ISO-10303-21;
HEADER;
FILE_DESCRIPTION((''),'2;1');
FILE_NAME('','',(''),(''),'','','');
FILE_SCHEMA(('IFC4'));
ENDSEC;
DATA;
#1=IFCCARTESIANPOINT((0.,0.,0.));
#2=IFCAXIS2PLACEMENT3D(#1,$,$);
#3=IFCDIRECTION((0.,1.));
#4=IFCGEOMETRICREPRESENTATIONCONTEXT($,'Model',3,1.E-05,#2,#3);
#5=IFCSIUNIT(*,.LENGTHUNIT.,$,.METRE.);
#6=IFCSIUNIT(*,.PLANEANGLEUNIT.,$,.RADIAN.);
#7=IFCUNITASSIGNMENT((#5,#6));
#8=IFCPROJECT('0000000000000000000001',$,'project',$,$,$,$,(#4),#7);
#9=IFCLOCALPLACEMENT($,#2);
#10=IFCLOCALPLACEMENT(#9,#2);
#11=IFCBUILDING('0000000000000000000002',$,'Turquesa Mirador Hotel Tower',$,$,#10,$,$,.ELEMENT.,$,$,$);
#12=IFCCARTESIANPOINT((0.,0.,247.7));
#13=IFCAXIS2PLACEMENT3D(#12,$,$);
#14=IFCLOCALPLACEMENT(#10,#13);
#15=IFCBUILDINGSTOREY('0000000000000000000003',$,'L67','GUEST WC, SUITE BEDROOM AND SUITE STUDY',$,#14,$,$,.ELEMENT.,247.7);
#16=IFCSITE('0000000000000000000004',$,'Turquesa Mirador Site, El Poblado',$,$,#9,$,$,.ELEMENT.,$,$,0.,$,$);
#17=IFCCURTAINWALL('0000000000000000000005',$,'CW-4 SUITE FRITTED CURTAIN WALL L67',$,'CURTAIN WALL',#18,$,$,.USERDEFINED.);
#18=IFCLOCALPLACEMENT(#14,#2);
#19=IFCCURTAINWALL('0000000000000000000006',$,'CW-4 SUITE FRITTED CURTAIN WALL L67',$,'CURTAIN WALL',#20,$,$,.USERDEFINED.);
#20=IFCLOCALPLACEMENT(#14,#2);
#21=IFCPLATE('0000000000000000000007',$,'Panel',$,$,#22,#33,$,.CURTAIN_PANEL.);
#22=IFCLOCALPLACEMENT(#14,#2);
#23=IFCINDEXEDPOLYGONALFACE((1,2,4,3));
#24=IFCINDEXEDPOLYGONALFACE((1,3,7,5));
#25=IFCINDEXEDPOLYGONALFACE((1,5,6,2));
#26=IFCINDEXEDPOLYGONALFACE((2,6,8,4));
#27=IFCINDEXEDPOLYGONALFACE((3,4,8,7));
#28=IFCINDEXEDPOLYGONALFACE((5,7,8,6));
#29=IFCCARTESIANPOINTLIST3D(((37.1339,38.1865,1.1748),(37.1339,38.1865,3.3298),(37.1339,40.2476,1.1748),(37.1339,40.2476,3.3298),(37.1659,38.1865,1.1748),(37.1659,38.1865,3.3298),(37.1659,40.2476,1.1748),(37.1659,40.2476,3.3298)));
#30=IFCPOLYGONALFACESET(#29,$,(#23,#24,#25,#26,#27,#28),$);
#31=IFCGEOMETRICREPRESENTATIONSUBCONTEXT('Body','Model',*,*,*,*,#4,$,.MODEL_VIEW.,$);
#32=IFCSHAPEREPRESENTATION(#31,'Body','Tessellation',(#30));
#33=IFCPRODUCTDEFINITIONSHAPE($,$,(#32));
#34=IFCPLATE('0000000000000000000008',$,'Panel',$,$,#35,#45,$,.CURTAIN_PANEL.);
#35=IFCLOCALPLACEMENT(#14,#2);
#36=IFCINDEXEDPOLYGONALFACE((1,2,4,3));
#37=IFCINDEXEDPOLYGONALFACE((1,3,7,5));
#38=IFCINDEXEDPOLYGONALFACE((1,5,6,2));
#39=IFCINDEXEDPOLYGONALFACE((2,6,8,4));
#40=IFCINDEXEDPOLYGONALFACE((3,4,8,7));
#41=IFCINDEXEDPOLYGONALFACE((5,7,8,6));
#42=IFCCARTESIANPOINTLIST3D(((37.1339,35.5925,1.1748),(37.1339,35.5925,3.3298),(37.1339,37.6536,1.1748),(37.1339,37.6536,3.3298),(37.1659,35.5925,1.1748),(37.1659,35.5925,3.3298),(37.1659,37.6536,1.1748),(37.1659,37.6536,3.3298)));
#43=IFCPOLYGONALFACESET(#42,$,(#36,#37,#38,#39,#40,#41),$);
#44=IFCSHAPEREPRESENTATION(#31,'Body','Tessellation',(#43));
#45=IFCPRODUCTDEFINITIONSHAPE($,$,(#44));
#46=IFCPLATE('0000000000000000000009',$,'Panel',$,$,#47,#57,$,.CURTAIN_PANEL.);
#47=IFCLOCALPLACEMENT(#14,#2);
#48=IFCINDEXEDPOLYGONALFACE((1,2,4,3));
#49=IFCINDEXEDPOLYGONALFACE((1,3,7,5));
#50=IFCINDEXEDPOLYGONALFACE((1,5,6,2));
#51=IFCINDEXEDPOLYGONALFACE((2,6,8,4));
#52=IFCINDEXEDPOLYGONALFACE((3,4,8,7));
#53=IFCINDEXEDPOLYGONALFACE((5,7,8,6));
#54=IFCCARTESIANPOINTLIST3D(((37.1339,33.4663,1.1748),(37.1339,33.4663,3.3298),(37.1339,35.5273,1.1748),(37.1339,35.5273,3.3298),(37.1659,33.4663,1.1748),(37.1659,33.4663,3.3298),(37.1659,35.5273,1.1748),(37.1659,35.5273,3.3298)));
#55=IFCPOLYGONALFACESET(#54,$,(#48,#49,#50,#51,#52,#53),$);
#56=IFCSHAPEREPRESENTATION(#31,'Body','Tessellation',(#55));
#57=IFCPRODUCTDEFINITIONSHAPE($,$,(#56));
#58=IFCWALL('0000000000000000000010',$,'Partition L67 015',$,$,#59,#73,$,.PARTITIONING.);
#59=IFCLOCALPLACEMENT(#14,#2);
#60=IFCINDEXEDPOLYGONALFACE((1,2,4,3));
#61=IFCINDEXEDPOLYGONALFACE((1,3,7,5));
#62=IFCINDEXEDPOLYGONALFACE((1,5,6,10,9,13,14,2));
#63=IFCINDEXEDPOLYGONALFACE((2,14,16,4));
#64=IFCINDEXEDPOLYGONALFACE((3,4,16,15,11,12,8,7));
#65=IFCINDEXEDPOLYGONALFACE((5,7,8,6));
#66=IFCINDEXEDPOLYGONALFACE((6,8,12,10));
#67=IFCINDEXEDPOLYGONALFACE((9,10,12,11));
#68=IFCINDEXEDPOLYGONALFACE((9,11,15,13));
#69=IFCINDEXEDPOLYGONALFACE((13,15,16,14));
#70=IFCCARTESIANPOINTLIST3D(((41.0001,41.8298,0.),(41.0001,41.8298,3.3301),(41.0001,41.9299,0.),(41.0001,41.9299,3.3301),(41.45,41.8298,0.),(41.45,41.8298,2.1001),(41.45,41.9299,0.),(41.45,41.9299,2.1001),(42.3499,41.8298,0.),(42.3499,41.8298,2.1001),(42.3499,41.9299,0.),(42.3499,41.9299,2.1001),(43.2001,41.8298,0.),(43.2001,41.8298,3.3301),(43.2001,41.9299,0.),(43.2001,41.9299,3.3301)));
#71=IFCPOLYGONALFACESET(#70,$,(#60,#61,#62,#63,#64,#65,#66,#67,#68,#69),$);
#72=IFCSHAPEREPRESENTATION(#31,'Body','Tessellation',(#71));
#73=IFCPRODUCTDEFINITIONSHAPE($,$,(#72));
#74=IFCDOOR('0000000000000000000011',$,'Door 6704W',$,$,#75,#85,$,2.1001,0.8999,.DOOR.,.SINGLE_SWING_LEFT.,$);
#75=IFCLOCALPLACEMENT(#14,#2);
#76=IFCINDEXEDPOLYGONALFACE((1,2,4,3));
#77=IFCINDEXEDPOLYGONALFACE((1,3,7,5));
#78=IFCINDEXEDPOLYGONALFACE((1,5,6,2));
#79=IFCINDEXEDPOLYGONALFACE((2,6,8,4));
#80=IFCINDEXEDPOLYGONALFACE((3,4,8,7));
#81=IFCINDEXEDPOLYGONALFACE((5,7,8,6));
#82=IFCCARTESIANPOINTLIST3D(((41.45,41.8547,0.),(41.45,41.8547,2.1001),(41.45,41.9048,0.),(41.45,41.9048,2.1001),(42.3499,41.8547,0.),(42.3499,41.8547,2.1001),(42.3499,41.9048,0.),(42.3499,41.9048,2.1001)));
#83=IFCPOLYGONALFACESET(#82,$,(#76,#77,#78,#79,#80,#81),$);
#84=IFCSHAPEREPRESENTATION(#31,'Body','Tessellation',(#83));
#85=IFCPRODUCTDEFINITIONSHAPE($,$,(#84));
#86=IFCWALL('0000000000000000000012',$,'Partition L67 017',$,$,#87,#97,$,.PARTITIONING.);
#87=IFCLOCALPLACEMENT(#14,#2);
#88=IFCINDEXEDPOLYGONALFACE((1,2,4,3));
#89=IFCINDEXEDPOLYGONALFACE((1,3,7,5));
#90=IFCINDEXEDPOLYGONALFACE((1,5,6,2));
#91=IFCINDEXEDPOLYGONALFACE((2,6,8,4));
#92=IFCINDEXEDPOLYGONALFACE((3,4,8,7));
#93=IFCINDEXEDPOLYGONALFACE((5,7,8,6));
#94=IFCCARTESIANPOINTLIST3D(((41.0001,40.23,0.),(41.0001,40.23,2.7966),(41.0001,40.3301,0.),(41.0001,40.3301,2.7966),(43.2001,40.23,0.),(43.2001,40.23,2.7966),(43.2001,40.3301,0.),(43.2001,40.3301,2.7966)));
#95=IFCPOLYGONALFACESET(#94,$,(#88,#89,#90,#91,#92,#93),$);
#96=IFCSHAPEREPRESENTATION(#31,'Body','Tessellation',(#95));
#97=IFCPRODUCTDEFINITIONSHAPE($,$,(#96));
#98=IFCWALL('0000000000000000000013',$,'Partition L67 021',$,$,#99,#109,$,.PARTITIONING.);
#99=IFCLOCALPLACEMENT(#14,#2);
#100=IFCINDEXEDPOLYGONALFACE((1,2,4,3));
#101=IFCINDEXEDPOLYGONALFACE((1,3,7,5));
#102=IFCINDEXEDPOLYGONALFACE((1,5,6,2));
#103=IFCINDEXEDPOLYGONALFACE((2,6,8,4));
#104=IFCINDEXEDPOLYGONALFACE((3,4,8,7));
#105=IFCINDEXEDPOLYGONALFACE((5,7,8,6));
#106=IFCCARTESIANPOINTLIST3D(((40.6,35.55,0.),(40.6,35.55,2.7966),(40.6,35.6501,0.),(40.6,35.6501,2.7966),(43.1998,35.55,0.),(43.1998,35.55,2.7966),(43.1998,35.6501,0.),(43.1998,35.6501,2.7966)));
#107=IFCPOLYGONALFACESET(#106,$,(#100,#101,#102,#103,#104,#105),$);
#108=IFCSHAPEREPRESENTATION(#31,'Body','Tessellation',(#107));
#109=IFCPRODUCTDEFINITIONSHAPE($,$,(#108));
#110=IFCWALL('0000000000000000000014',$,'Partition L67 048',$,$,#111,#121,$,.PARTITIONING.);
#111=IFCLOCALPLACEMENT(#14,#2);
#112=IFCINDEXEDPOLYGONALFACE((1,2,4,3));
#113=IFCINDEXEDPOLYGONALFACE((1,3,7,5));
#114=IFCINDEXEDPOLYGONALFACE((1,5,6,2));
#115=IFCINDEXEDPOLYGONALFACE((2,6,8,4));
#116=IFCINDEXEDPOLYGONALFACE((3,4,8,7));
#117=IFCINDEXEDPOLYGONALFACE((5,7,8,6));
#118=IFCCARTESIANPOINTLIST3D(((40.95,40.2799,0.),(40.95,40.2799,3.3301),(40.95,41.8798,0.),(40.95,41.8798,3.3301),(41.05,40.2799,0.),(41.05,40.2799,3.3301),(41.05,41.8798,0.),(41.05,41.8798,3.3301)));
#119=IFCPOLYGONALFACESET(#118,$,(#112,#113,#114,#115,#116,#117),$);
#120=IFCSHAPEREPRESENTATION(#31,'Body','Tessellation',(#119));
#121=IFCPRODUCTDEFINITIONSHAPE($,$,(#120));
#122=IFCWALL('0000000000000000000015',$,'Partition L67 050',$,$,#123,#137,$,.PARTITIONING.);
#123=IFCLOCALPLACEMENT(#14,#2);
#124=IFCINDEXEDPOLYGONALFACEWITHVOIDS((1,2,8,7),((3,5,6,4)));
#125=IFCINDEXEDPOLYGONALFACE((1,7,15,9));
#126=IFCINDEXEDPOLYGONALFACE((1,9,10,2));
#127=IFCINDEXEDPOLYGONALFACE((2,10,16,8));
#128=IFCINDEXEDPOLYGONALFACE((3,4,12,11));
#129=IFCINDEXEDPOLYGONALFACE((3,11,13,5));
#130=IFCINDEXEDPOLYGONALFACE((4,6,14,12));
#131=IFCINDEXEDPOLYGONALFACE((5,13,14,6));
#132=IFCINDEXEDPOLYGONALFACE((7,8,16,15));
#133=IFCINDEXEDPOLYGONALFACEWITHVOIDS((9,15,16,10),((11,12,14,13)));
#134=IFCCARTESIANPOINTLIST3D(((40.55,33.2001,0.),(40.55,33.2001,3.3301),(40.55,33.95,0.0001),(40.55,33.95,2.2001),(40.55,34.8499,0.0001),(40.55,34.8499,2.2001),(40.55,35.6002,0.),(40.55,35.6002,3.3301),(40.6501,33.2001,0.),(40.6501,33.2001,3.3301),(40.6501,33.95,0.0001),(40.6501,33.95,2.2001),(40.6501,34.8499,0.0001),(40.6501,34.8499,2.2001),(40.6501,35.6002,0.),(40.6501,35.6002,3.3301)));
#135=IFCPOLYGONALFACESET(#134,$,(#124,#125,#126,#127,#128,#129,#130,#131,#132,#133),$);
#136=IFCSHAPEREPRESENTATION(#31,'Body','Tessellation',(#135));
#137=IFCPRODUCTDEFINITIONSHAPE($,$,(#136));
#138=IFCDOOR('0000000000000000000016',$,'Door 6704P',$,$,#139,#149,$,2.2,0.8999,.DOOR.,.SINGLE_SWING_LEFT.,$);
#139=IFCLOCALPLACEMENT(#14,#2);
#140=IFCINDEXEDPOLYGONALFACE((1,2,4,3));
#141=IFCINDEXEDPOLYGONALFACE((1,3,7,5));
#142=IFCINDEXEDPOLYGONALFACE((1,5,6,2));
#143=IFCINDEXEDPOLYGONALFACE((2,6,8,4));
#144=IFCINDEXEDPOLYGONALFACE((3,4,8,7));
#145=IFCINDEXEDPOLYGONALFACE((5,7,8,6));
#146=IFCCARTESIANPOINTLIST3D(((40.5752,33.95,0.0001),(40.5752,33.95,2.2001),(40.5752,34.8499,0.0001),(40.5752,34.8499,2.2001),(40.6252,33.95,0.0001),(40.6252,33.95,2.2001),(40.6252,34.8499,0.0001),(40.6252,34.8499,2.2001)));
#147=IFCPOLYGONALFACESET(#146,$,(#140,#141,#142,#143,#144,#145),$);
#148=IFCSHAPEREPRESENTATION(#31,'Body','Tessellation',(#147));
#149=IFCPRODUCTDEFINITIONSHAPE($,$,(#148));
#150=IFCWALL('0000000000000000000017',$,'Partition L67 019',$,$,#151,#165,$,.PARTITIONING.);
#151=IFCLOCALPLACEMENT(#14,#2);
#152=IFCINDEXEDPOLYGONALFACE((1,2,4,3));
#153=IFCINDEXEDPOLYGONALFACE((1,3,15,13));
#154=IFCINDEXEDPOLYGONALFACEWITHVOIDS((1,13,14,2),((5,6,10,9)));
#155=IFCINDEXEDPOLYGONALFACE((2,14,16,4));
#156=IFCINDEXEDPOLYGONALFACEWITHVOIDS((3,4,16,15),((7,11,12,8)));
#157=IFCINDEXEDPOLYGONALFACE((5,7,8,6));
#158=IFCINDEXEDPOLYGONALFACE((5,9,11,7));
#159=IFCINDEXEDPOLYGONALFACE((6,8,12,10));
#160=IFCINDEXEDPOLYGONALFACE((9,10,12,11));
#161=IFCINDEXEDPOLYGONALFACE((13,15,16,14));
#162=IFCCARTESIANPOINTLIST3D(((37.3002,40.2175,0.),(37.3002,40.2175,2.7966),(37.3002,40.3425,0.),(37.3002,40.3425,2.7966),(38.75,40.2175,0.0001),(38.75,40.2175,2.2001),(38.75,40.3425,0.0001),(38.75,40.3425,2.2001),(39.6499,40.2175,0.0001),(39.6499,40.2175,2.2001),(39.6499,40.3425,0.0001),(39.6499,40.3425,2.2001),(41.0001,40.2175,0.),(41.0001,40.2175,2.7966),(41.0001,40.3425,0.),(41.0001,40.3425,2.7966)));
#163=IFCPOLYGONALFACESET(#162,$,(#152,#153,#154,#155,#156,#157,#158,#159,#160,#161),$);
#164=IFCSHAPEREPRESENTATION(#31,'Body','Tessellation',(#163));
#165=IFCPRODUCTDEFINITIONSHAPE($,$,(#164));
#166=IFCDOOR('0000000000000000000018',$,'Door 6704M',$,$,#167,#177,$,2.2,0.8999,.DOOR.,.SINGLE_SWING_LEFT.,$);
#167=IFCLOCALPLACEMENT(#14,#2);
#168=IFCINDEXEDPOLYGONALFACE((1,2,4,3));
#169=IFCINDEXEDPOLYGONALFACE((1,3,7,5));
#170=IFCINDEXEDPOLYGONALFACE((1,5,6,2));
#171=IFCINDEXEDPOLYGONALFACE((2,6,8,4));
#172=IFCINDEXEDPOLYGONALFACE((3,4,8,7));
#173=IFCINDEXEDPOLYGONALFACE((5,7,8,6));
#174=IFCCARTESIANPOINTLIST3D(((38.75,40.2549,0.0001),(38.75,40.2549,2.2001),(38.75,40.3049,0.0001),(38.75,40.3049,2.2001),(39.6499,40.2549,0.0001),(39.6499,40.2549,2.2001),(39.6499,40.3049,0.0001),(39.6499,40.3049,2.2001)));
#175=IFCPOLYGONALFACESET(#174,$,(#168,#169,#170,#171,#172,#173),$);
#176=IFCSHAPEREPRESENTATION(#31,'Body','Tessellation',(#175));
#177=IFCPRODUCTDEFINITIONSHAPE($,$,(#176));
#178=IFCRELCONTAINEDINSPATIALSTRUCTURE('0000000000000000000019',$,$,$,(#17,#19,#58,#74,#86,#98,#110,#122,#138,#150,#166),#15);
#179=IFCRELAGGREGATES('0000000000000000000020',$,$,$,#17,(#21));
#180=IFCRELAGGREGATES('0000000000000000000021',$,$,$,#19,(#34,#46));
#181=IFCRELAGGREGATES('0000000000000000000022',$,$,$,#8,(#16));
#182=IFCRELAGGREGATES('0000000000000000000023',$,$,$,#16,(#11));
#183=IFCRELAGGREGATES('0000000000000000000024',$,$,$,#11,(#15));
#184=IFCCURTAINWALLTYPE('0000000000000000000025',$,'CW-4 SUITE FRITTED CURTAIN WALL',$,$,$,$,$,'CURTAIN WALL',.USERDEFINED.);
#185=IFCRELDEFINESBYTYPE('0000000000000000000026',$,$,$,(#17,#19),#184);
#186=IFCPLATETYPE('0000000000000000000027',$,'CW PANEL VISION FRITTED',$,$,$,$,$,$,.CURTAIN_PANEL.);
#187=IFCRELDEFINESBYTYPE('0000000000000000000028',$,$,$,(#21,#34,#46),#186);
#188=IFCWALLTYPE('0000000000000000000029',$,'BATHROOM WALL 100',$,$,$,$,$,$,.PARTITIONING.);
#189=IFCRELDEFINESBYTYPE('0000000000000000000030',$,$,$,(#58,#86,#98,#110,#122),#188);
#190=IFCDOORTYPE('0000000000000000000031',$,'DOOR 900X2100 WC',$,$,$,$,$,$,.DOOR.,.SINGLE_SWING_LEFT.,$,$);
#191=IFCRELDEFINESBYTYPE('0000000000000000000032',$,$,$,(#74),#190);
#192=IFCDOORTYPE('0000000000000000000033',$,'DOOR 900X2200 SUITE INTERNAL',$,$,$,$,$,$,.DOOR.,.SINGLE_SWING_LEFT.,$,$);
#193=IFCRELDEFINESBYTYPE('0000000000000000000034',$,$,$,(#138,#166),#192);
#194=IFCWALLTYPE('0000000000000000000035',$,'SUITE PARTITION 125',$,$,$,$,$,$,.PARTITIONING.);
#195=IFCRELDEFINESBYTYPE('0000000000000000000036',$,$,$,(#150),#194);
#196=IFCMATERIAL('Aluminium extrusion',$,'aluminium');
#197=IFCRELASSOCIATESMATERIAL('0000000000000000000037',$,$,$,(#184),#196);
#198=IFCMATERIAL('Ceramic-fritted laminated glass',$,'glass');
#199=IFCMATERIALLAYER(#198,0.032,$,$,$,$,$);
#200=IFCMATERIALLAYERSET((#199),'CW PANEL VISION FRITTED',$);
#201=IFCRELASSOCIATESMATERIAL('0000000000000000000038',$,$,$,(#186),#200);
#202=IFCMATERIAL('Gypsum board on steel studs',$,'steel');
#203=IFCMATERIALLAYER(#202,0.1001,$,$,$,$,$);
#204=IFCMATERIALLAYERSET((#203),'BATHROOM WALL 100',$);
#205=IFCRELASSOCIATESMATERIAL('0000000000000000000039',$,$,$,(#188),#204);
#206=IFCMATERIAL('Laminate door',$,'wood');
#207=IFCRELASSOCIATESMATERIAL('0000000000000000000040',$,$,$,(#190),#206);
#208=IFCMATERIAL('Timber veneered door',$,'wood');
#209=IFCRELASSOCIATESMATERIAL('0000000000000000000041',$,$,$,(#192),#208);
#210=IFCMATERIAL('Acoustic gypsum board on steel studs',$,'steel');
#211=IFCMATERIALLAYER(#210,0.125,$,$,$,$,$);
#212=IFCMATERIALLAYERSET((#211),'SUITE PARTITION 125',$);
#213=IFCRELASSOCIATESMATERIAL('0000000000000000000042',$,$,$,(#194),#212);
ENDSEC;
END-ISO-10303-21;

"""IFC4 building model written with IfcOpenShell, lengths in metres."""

from ifc_helpers import new_model, si_unit, direction, frame, frame_2d, origin, origin_2d, place, context, subcontext, project, spatial, rectangle, extrude, material, layer, layer_set, type_object, element, fill, aggregate, save


model = new_model("IFC4")

# Units and contexts
model_context = context("Model", 3, precision=1e-05, world=origin(), true_north=direction((0.0, 1.0)))
body_context = subcontext(model_context, "Body", "Model", "MODEL_VIEW")
ifc_project = project(units=[si_unit("LENGTHUNIT", "METRE"), si_unit("PLANEANGLEUNIT", "RADIAN")], contexts=[model_context])

# Site, building, storey
site_placement = place(None, origin())
site = spatial("IfcSite", under=ifc_project, at=site_placement, Name="Turquesa Mirador Site, El Poblado", CompositionType="ELEMENT", RefElevation=0.0)
building_placement = place(site_placement, origin())
building = spatial("IfcBuilding", under=site, at=building_placement, Name="Turquesa Mirador Hotel Tower", CompositionType="ELEMENT")
storey_placement = place(building_placement, frame((0.0, 0.0, 247.7)))
storey = spatial("IfcBuildingStorey", under=building, at=storey_placement, Name="L67", Description="GUEST WC, SUITE BEDROOM AND SUITE STUDY", CompositionType="ELEMENT", Elevation=247.7)

# Curtain walls
ifc_material_1 = material(Name="Aluminium extrusion", Category="aluminium")
curtain_wall_type = type_object("IfcCurtainWallType", Name="CW-4 SUITE FRITTED CURTAIN WALL", ElementType="CURTAIN WALL", PredefinedType="USERDEFINED", material=ifc_material_1)
curtain_wall_1_placement = place(storey_placement, origin())
curtain_wall_1 = element("IfcCurtainWall", 1, at=curtain_wall_1_placement, inside=storey, type_object=curtain_wall_type, Name="CW-4 SUITE FRITTED CURTAIN WALL L67", ObjectType="CURTAIN WALL", PredefinedType="USERDEFINED")
curtain_wall_2_placement = place(storey_placement, origin())
curtain_wall_2 = element("IfcCurtainWall", 2, at=curtain_wall_2_placement, inside=storey, type_object=curtain_wall_type, Name="CW-4 SUITE FRITTED CURTAIN WALL L67", ObjectType="CURTAIN WALL", PredefinedType="USERDEFINED")

# Plates
ifc_material_2 = material(Name="Ceramic-fritted laminated glass", Category="glass")
ifc_layer_1 = layer(ifc_material_2, 0.032)
ifc_layer_set_1 = layer_set([ifc_layer_1], Name="CW PANEL VISION FRITTED")
plate_type_1 = type_object("IfcPlateType", Name="CW PANEL VISION FRITTED", PredefinedType="CURTAIN_PANEL", material=ifc_layer_set_1)
plate_1_placement = place(storey_placement, frame((37.1499, 39.217, 1.1748), z_axis=(0.0, 0.0, 1.0), x_axis=(0.0, -1.0, 0.0)))
plate_1 = element("IfcPlate", 3, at=plate_1_placement, type_object=plate_type_1, Name="Panel", PredefinedType="CURTAIN_PANEL", context=body_context, shape_type="SweptSolid", body=[
    extrude(rectangle(XDim=2.061, YDim=0.032, at=origin_2d()), origin(), (0.0, 0.0, 1.0), 2.155),
])
aggregate(curtain_wall_1, [plate_1])
plate_2_placement = place(storey_placement, frame((37.1499, 36.623, 1.1748), z_axis=(0.0, 0.0, 1.0), x_axis=(0.0, -1.0, 0.0)))
plate_2 = element("IfcPlate", 4, at=plate_2_placement, type_object=plate_type_1, Name="Panel", PredefinedType="CURTAIN_PANEL", context=body_context, shape_type="SweptSolid", body=[
    extrude(rectangle(XDim=2.061, YDim=0.032, at=origin_2d()), origin(), (0.0, 0.0, 1.0), 2.155),
])
plate_3_placement = place(storey_placement, frame((37.1499, 34.4968, 1.1748), z_axis=(0.0, 0.0, 1.0), x_axis=(0.0, -1.0, 0.0)))
plate_3 = element("IfcPlate", 5, at=plate_3_placement, type_object=plate_type_1, Name="Panel", PredefinedType="CURTAIN_PANEL", context=body_context, shape_type="SweptSolid", body=[
    extrude(rectangle(XDim=2.061, YDim=0.032, at=origin_2d()), origin(), (0.0, 0.0, 1.0), 2.155),
])
aggregate(curtain_wall_2, [plate_2, plate_3])

# Wall, opening, door
ifc_material_3 = material(Name="Gypsum board on steel studs", Category="steel")
ifc_layer_2 = layer(ifc_material_3, 0.1001)
ifc_layer_set_2 = layer_set([ifc_layer_2], Name="BATHROOM WALL 100")
wall_type_1 = type_object("IfcWallType", Name="BATHROOM WALL 100", PredefinedType="PARTITIONING", material=ifc_layer_set_2)
wall_1_placement = place(storey_placement, frame((41.0, 41.8799, 0.0), z_axis=(0.0, 0.0, 1.0), x_axis=(1.0, 0.0, 0.0)))
wall_1 = element("IfcWall", 6, at=wall_1_placement, inside=storey, type_object=wall_type_1, Name="Partition L67 015", PredefinedType="PARTITIONING", context=body_context, shape_type="SweptSolid", body=[
    extrude(rectangle(XDim=2.2, YDim=0.1001, at=frame_2d((1.1001, 0.0))), origin(), (0.0, 0.0, 1.0), 3.3301),
])
opening_1_placement = place(wall_1_placement, frame((0.45, 0.0, 0.0)))
opening_1 = element("IfcOpeningElement", 7, at=opening_1_placement, cuts=wall_1, PredefinedType="OPENING", context=body_context, shape_type="SweptSolid", body=[
    extrude(rectangle(XDim=0.8999, YDim=2.1001, at=frame_2d((0.45, 1.05))), frame((0.0, 0.0601, 0.0), z_axis=(0.0, -1.0, 0.0), x_axis=(1.0, 0.0, 0.0)), (0.0, 0.0, 1.0), 0.1201),
])
ifc_material_4 = material(Name="Laminate door", Category="wood")
door_type_1 = type_object("IfcDoorType", Name="DOOR 900X2100 WC", OperationType="SINGLE_SWING_LEFT", PredefinedType="DOOR", material=ifc_material_4)
door_1_placement = place(opening_1_placement, origin())
door_1 = element("IfcDoor", 8, at=door_1_placement, inside=storey, type_object=door_type_1, Name="Door 6704W", OperationType="SINGLE_SWING_LEFT", OverallHeight=2.1001, OverallWidth=0.8999, PredefinedType="DOOR", context=body_context, shape_type="SweptSolid", body=[
    extrude(rectangle(XDim=0.8999, YDim=2.1001, at=frame_2d((0.45, 1.05))), frame((0.0, 0.0249, 0.0), z_axis=(0.0, -1.0, 0.0), x_axis=(1.0, 0.0, 0.0)), (0.0, 0.0, 1.0), 0.05),
])
fill(opening_1, door_1)

# Walls
wall_2_placement = place(storey_placement, frame((41.0, 40.28, 0.0), z_axis=(0.0, 0.0, 1.0), x_axis=(1.0, 0.0, 0.0)))
element("IfcWall", 9, at=wall_2_placement, inside=storey, type_object=wall_type_1, Name="Partition L67 017", PredefinedType="PARTITIONING", context=body_context, shape_type="SweptSolid", body=[
    extrude(rectangle(XDim=2.2, YDim=0.1001, at=frame_2d((1.1001, 0.0))), origin(), (0.0, 0.0, 1.0), 2.7966),
])
wall_3_placement = place(storey_placement, frame((40.6001, 35.6001, 0.0), z_axis=(0.0, 0.0, 1.0), x_axis=(1.0, 0.0, 0.0)))
element("IfcWall", 10, at=wall_3_placement, inside=storey, type_object=wall_type_1, Name="Partition L67 021", PredefinedType="PARTITIONING", context=body_context, shape_type="SweptSolid", body=[
    extrude(rectangle(XDim=2.5999, YDim=0.1001, at=frame_2d((1.2998, 0.0))), origin(), (0.0, 0.0, 1.0), 2.7966),
])
wall_4_placement = place(storey_placement, frame((41.0, 40.28, 0.0), z_axis=(0.0, 0.0, 1.0), x_axis=(0.0, 1.0, 0.0)))
element("IfcWall", 11, at=wall_4_placement, inside=storey, type_object=wall_type_1, Name="Partition L67 048", PredefinedType="PARTITIONING", context=body_context, shape_type="SweptSolid", body=[
    extrude(rectangle(XDim=1.5999, YDim=0.1001, at=frame_2d((0.7998, 0.0))), origin(), (0.0, 0.0, 1.0), 3.3301),
])

# Walls, openings, doors
wall_5_placement = place(storey_placement, frame((40.6001, 33.2, 0.0), z_axis=(0.0, 0.0, 1.0), x_axis=(0.0, 1.0, 0.0)))
wall_5 = element("IfcWall", 12, at=wall_5_placement, inside=storey, type_object=wall_type_1, Name="Partition L67 050", PredefinedType="PARTITIONING", context=body_context, shape_type="SweptSolid", body=[
    extrude(rectangle(XDim=2.4001, YDim=0.1001, at=frame_2d((1.2002, 0.0))), origin(), (0.0, 0.0, 1.0), 3.3301),
])
opening_2_placement = place(wall_5_placement, frame((0.75, 0.0, 0.0)))
opening_2 = element("IfcOpeningElement", 13, at=opening_2_placement, cuts=wall_5, PredefinedType="OPENING", context=body_context, shape_type="SweptSolid", body=[
    extrude(rectangle(XDim=0.8999, YDim=2.2, at=frame_2d((0.45, 1.1001))), frame((0.0, 0.0601, 0.0), z_axis=(0.0, -1.0, 0.0), x_axis=(1.0, 0.0, 0.0)), (0.0, 0.0, 1.0), 0.1201),
])
ifc_material_5 = material(Name="Timber veneered door", Category="wood")
door_type_2 = type_object("IfcDoorType", Name="DOOR 900X2200 SUITE INTERNAL", OperationType="SINGLE_SWING_LEFT", PredefinedType="DOOR", material=ifc_material_5)
door_2_placement = place(opening_2_placement, origin())
door_2 = element("IfcDoor", 14, at=door_2_placement, inside=storey, type_object=door_type_2, Name="Door 6704P", OperationType="SINGLE_SWING_LEFT", OverallHeight=2.2, OverallWidth=0.8999, PredefinedType="DOOR", context=body_context, shape_type="SweptSolid", body=[
    extrude(rectangle(XDim=0.8999, YDim=2.2, at=frame_2d((0.45, 1.1001))), frame((0.0, 0.0249, 0.0), z_axis=(0.0, -1.0, 0.0), x_axis=(1.0, 0.0, 0.0)), (0.0, 0.0, 1.0), 0.05),
])
fill(opening_2, door_2)
ifc_material_6 = material(Name="Acoustic gypsum board on steel studs", Category="steel")
ifc_layer_3 = layer(ifc_material_6, 0.125)
ifc_layer_set_3 = layer_set([ifc_layer_3], Name="SUITE PARTITION 125")
wall_type_2 = type_object("IfcWallType", Name="SUITE PARTITION 125", PredefinedType="PARTITIONING", material=ifc_layer_set_3)
wall_6_placement = place(storey_placement, frame((37.3, 40.28, 0.0), z_axis=(0.0, 0.0, 1.0), x_axis=(1.0, 0.0, 0.0)))
wall_6 = element("IfcWall", 15, at=wall_6_placement, inside=storey, type_object=wall_type_2, Name="Partition L67 019", PredefinedType="PARTITIONING", context=body_context, shape_type="SweptSolid", body=[
    extrude(rectangle(XDim=3.7, YDim=0.125, at=frame_2d((1.8501, 0.0))), origin(), (0.0, 0.0, 1.0), 2.7966),
])
opening_3_placement = place(wall_6_placement, frame((1.45, 0.0, 0.0)))
opening_3 = element("IfcOpeningElement", 16, at=opening_3_placement, cuts=wall_6, PredefinedType="OPENING", context=body_context, shape_type="SweptSolid", body=[
    extrude(rectangle(XDim=0.8999, YDim=2.2, at=frame_2d((0.45, 1.1001))), frame((0.0, 0.0725, 0.0), z_axis=(0.0, -1.0, 0.0), x_axis=(1.0, 0.0, 0.0)), (0.0, 0.0, 1.0), 0.145),
])
door_3_placement = place(opening_3_placement, origin())
door_3 = element("IfcDoor", 17, at=door_3_placement, inside=storey, type_object=door_type_2, Name="Door 6704M", OperationType="SINGLE_SWING_LEFT", OverallHeight=2.2, OverallWidth=0.8999, PredefinedType="DOOR", context=body_context, shape_type="SweptSolid", body=[
    extrude(rectangle(XDim=0.8999, YDim=2.2, at=frame_2d((0.45, 1.1001))), frame((0.0, 0.0249, 0.0), z_axis=(0.0, -1.0, 0.0), x_axis=(1.0, 0.0, 0.0)), (0.0, 0.0, 1.0), 0.05),
])
fill(opening_3, door_3)

save(model, "model.ifc")
